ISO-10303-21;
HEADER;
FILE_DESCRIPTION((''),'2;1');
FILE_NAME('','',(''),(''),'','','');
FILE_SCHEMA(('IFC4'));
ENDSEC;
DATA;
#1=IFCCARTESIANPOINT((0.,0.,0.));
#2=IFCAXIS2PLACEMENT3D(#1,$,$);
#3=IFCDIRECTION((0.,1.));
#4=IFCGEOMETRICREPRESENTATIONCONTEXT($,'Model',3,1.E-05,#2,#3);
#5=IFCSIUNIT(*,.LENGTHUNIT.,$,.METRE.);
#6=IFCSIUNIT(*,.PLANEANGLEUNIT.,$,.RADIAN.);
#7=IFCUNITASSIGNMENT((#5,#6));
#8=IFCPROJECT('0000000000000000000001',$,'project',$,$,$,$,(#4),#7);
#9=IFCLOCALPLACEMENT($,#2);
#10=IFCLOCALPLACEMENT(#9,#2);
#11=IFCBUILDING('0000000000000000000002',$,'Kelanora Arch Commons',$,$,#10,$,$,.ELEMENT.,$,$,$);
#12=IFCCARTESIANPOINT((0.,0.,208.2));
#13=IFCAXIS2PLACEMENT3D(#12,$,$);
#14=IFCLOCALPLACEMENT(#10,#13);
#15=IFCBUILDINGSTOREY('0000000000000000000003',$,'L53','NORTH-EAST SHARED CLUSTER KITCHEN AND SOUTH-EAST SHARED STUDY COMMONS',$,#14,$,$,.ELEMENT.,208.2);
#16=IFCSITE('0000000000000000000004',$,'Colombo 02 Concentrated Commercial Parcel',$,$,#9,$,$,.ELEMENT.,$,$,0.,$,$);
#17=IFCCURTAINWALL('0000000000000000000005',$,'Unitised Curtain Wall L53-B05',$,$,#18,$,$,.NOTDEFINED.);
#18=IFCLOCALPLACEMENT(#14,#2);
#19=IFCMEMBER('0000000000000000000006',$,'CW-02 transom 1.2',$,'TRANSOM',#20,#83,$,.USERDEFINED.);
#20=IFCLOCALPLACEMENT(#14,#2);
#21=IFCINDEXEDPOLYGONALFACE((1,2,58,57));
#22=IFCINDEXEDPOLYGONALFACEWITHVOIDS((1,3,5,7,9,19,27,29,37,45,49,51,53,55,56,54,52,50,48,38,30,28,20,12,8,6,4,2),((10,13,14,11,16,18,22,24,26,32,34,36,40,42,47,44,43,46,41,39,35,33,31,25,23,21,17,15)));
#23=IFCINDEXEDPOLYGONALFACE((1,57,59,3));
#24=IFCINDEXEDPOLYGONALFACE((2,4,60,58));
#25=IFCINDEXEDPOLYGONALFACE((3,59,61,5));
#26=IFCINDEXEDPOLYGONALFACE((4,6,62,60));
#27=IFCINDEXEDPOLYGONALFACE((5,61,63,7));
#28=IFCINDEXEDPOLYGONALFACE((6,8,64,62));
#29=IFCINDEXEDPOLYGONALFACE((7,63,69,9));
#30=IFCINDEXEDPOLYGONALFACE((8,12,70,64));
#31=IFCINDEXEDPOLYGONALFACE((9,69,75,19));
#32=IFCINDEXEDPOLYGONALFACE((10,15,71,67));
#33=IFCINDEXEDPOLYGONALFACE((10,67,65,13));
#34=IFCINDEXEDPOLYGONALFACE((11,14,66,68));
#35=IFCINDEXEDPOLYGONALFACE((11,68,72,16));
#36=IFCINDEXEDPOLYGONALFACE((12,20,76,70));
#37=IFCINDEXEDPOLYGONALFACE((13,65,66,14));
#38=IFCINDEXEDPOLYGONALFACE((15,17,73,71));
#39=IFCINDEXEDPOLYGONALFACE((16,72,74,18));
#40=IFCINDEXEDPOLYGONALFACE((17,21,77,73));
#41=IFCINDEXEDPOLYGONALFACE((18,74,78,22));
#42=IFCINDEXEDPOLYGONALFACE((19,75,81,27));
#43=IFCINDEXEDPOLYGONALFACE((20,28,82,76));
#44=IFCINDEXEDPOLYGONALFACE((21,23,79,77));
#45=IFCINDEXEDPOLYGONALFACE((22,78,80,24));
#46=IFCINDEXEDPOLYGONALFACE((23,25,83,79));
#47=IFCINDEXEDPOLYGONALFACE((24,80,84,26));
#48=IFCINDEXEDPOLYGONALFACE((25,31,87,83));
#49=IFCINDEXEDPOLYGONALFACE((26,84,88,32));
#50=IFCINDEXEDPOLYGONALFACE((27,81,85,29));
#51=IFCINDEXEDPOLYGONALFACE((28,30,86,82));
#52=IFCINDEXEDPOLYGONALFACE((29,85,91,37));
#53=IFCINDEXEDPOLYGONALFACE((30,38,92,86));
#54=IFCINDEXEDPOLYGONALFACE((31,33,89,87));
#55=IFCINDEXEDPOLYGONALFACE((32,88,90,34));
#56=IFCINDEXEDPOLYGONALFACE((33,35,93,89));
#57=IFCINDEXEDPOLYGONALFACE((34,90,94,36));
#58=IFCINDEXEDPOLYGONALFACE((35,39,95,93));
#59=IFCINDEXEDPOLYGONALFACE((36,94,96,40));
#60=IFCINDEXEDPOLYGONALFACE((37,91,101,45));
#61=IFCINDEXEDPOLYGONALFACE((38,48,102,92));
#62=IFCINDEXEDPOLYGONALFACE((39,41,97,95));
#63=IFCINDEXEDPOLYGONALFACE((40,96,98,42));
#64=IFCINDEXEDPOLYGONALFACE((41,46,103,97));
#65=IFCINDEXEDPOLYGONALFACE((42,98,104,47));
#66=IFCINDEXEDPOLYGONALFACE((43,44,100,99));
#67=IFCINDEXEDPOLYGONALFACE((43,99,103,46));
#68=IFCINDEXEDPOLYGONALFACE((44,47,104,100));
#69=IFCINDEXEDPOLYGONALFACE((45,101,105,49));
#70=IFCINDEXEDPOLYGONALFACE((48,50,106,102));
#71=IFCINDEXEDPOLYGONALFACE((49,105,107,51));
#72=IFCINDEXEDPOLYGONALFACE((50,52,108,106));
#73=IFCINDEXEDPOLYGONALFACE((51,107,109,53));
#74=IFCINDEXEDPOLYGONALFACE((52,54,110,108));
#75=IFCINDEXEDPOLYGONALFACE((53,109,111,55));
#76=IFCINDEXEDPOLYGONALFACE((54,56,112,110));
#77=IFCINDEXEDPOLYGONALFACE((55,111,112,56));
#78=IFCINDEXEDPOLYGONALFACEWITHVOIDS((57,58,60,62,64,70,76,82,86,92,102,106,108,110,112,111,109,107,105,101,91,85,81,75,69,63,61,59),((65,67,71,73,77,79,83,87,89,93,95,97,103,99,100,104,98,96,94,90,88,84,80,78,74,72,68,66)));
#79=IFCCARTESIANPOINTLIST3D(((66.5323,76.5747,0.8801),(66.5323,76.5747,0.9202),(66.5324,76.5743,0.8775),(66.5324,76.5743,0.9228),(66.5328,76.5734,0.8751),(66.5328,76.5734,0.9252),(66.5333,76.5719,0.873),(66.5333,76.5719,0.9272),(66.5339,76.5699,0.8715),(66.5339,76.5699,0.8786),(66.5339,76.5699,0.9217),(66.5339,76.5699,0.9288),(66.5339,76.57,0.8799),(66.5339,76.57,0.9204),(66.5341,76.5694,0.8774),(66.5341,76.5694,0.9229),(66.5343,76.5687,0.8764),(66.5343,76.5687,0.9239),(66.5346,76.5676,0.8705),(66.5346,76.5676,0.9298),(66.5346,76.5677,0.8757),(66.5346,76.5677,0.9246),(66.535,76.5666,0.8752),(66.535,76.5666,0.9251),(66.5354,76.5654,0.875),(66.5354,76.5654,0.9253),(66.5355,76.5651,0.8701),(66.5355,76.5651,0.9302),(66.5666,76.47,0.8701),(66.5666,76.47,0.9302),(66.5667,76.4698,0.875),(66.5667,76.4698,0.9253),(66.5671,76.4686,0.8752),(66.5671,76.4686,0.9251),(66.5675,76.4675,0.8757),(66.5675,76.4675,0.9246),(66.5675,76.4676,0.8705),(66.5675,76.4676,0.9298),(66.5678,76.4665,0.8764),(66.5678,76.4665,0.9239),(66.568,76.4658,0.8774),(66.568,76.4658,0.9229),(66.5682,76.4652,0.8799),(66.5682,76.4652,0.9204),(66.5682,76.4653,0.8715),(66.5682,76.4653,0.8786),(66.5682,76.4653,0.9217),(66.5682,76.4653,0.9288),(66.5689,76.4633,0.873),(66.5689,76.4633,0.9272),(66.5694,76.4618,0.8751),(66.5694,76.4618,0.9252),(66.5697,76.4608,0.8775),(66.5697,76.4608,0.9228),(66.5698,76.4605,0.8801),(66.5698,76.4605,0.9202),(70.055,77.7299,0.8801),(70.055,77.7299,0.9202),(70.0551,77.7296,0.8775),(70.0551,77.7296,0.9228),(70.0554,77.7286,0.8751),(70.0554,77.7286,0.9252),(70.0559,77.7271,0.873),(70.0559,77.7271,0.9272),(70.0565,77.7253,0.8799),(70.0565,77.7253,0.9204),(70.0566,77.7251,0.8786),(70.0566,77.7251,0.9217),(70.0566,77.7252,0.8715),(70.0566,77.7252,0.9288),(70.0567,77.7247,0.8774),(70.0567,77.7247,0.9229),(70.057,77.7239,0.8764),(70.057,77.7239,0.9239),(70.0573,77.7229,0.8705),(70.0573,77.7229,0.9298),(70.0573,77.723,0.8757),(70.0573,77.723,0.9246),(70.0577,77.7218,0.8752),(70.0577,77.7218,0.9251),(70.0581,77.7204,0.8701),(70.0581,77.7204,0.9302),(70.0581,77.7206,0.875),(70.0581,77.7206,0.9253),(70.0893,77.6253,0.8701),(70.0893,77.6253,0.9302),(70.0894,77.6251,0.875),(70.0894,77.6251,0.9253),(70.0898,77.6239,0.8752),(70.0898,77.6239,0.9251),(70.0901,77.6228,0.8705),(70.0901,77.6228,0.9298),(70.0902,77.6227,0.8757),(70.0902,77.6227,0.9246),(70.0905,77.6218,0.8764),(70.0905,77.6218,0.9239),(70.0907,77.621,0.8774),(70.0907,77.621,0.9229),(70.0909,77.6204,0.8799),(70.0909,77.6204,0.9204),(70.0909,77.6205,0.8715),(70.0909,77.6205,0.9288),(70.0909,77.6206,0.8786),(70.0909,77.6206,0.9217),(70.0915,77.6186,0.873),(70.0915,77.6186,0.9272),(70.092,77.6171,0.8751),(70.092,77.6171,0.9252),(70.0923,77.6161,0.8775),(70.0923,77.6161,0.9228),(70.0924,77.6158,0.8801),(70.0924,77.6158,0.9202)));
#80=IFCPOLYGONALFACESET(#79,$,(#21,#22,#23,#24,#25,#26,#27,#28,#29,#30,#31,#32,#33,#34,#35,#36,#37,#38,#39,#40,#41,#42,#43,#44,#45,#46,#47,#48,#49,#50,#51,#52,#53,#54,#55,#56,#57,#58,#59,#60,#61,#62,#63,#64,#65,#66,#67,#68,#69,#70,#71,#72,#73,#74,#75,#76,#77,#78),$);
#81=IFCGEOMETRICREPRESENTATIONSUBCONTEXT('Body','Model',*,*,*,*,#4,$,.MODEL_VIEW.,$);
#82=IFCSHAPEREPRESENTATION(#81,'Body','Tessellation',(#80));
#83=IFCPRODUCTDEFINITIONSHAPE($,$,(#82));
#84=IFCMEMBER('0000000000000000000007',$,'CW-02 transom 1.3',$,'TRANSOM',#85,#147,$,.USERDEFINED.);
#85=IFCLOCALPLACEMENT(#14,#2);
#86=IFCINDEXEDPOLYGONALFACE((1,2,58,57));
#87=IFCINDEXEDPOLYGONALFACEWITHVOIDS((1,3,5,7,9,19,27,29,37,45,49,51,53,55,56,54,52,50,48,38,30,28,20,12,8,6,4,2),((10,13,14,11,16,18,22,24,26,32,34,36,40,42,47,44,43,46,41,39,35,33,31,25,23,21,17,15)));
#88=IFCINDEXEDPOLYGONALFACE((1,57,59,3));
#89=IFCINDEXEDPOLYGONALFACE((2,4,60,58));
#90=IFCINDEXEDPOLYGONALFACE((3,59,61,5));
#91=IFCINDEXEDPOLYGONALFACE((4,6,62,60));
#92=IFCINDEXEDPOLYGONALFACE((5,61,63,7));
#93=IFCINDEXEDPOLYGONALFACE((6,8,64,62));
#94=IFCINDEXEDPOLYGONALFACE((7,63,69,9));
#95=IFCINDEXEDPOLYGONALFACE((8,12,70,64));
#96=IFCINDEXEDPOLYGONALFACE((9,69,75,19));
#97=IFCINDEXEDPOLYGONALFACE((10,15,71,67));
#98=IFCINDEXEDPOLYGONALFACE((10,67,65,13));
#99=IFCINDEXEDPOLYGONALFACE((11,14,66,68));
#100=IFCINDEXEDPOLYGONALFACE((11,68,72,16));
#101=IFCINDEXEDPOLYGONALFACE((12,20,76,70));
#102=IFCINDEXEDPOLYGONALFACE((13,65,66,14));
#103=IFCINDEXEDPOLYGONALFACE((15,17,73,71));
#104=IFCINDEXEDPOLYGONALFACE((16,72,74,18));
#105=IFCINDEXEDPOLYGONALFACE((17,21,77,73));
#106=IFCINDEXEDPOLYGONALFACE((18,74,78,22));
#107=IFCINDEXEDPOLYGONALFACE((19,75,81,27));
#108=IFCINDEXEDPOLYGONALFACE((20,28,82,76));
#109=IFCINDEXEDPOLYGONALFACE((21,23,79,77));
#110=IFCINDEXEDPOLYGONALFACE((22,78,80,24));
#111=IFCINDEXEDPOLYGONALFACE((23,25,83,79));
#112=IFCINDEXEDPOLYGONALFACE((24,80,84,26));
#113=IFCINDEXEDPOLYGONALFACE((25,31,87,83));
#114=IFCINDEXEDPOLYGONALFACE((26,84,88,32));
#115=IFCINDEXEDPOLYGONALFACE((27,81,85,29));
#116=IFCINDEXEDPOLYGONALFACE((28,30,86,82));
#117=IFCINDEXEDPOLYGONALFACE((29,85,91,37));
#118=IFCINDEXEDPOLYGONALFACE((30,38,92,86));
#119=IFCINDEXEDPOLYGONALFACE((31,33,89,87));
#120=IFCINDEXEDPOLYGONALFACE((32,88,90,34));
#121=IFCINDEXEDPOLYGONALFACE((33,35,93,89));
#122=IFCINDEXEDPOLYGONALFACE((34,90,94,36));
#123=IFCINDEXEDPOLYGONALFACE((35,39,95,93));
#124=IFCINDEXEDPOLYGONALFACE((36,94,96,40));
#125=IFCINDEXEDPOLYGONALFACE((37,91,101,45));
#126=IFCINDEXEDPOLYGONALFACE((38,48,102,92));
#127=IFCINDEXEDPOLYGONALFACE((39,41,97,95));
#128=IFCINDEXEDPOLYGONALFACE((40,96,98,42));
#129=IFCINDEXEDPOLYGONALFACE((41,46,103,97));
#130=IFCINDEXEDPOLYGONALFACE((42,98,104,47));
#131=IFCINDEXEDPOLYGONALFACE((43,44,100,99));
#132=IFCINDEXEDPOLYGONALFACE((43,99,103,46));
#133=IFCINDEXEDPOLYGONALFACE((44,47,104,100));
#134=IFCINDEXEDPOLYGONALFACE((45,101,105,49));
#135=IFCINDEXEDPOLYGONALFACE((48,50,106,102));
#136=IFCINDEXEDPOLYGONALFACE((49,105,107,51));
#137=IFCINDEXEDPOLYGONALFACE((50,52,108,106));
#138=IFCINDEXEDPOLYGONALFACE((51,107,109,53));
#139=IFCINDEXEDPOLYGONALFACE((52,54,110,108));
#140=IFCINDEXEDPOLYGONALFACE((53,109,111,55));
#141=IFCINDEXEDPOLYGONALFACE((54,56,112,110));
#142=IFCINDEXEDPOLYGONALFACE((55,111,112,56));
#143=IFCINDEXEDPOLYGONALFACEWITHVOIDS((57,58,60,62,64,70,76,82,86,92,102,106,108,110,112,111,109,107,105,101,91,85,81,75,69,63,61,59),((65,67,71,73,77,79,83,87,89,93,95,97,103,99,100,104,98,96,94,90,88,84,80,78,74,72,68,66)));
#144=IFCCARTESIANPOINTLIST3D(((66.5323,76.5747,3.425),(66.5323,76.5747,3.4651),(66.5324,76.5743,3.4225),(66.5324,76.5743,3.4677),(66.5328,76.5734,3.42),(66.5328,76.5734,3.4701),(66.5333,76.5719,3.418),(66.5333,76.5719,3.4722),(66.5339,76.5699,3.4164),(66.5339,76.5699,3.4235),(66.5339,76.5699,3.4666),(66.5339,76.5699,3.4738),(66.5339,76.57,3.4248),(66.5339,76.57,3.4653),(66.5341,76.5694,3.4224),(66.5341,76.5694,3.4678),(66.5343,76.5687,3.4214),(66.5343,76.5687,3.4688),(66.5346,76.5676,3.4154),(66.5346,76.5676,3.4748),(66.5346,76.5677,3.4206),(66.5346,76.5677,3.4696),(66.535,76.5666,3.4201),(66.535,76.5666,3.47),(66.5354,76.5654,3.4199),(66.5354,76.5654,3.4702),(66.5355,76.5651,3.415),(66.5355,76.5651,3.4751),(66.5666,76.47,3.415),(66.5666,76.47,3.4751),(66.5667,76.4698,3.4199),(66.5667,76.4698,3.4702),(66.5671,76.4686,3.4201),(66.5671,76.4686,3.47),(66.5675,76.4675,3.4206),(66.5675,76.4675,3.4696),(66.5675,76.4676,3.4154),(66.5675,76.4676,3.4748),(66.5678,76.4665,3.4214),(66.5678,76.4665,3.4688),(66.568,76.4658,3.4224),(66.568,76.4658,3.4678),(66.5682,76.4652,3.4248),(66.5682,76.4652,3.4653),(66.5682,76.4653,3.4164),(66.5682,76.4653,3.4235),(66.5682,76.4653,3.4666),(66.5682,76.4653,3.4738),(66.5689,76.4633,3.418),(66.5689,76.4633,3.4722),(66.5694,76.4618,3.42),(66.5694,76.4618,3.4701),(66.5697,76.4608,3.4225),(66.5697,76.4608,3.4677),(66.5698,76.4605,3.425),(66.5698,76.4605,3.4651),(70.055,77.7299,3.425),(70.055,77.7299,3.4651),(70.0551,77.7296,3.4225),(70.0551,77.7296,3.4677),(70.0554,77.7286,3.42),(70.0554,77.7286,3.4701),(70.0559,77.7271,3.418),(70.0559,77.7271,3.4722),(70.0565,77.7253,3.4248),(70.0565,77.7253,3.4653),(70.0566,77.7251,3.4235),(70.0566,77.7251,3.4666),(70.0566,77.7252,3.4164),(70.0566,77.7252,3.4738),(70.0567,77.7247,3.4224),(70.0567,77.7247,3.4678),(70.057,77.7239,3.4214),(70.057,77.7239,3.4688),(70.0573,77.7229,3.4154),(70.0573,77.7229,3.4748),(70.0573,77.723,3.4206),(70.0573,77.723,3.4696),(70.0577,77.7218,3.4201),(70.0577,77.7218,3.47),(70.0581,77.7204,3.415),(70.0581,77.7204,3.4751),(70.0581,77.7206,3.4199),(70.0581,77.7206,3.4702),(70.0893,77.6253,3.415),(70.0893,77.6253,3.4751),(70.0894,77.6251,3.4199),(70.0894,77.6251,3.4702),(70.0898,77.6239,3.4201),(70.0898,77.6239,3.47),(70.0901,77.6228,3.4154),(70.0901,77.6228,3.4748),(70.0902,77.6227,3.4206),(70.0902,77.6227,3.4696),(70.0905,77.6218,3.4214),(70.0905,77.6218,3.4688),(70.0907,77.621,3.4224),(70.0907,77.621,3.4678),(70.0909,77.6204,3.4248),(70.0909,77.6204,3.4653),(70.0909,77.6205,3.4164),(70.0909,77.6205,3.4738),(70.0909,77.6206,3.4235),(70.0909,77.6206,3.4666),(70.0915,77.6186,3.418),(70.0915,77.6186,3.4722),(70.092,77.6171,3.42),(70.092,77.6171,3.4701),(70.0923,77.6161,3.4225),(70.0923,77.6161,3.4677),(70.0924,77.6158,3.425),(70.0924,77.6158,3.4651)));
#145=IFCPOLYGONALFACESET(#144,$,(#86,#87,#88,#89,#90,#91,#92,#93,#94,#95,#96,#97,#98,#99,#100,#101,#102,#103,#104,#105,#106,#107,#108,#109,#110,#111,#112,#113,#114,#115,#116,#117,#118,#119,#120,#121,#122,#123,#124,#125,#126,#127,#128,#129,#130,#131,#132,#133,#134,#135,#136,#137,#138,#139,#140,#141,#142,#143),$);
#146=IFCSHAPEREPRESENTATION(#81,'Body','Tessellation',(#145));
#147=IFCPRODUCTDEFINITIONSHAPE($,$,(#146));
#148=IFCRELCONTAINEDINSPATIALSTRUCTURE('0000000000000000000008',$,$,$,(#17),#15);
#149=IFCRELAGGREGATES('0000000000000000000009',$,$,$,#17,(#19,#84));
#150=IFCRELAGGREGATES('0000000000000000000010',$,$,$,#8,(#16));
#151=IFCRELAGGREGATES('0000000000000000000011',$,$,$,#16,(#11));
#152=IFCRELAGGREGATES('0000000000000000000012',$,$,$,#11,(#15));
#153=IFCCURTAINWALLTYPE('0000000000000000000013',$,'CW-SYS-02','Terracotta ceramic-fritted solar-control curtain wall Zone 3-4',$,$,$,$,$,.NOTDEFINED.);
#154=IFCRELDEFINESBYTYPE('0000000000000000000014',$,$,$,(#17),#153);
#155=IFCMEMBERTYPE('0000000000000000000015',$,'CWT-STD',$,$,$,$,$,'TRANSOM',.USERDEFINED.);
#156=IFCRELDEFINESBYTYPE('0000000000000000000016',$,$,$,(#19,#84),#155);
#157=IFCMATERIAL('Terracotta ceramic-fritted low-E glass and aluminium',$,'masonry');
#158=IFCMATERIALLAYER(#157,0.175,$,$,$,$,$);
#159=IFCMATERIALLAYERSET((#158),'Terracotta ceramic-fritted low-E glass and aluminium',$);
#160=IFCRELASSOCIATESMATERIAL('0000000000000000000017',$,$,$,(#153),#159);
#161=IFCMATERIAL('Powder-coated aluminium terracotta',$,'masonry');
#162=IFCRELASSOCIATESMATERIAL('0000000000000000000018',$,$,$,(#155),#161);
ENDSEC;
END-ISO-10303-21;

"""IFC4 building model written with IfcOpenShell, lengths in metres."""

from ifc_helpers import new_model, si_unit, direction, frame, origin, origin_2d, place, context, subcontext, project, spatial, hollow_rectangle, extrude, material, layer, layer_set, material_profile, profile_set, type_object, element, aggregate, save


model = new_model("IFC4")

# Units and contexts
model_context = context("Model", 3, precision=1e-05, world=origin(), true_north=direction((0.0, 1.0)))
body_context = subcontext(model_context, "Body", "Model", "MODEL_VIEW")
ifc_project = project(units=[si_unit("LENGTHUNIT", "METRE"), si_unit("PLANEANGLEUNIT", "RADIAN")], contexts=[model_context])

# Site, building, storey
site_placement = place(None, origin())
site = spatial("IfcSite", under=ifc_project, at=site_placement, Name="Colombo 02 Concentrated Commercial Parcel", CompositionType="ELEMENT", RefElevation=0.0)
building_placement = place(site_placement, origin())
building = spatial("IfcBuilding", under=site, at=building_placement, Name="Kelanora Arch Commons", CompositionType="ELEMENT")
storey_placement = place(building_placement, frame((0.0, 0.0, 208.2)))
storey = spatial("IfcBuildingStorey", under=building, at=storey_placement, Name="L53", Description="NORTH-EAST SHARED CLUSTER KITCHEN AND SOUTH-EAST SHARED STUDY COMMONS", CompositionType="ELEMENT", Elevation=208.2)

# Curtain wall, members
ifc_material_1 = material(Name="Terracotta ceramic-fritted low-E glass and aluminium", Category="masonry")
ifc_layer_1 = layer(ifc_material_1, 0.175)
ifc_layer_set_1 = layer_set([ifc_layer_1], Name="Terracotta ceramic-fritted low-E glass and aluminium")
curtain_wall_type = type_object("IfcCurtainWallType", Name="CW-SYS-02", Description="Terracotta ceramic-fritted solar-control curtain wall Zone 3-4", PredefinedType="NOTDEFINED", material=ifc_layer_set_1)
curtain_wall_placement = place(storey_placement, origin())
curtain_wall = element("IfcCurtainWall", 1, at=curtain_wall_placement, inside=storey, type_object=curtain_wall_type, Name="Unitised Curtain Wall L53-B05", PredefinedType="NOTDEFINED")
ifc_material_2 = material(Name="Powder-coated aluminium terracotta", Category="masonry")
ifc_material_profile_1 = material_profile(ifc_material_2, hollow_rectangle(XDim=0.1201, YDim=0.0601, WallThickness=0.0049, InnerFilletRadius=0.0049, OuterFilletRadius=0.01, at=origin_2d()), Name="CWT120x60")
ifc_profile_set_1 = profile_set([ifc_material_profile_1], Name="Powder-coated aluminium terracotta")
member_type_1 = type_object("IfcMemberType", Name="CWT-STD", ElementType="TRANSOM", PredefinedType="USERDEFINED", material=ifc_profile_set_1)
member_1_placement = place(storey_placement, frame((70.0737, 77.6729, 0.9001), z_axis=(-0.950207, -0.311621, 0.0), x_axis=(0.311621, -0.950207, 0.0)))
member_1 = element("IfcMember", 2, at=member_1_placement, type_object=member_type_1, Name="CW-02 transom 1.2", ObjectType="TRANSOM", PredefinedType="USERDEFINED", context=body_context, shape_type="SweptSolid", body=[
    extrude(hollow_rectangle(XDim=0.1201, YDim=0.0601, WallThickness=0.0049, InnerFilletRadius=0.0049, OuterFilletRadius=0.01, at=origin_2d()), origin(), (0.0, 0.0, 1.0), 3.7073),
])
member_2_placement = place(storey_placement, frame((70.0737, 77.6729, 3.4451), z_axis=(-0.950207, -0.311621, 0.0), x_axis=(0.311621, -0.950207, 0.0)))
member_2 = element("IfcMember", 3, at=member_2_placement, type_object=member_type_1, Name="CW-02 transom 1.3", ObjectType="TRANSOM", PredefinedType="USERDEFINED", context=body_context, shape_type="SweptSolid", body=[
    extrude(hollow_rectangle(XDim=0.1201, YDim=0.0601, WallThickness=0.0049, InnerFilletRadius=0.0049, OuterFilletRadius=0.01, at=origin_2d()), origin(), (0.0, 0.0, 1.0), 3.7073),
])
aggregate(curtain_wall, [member_1, member_2])

save(model, "model.ifc")
